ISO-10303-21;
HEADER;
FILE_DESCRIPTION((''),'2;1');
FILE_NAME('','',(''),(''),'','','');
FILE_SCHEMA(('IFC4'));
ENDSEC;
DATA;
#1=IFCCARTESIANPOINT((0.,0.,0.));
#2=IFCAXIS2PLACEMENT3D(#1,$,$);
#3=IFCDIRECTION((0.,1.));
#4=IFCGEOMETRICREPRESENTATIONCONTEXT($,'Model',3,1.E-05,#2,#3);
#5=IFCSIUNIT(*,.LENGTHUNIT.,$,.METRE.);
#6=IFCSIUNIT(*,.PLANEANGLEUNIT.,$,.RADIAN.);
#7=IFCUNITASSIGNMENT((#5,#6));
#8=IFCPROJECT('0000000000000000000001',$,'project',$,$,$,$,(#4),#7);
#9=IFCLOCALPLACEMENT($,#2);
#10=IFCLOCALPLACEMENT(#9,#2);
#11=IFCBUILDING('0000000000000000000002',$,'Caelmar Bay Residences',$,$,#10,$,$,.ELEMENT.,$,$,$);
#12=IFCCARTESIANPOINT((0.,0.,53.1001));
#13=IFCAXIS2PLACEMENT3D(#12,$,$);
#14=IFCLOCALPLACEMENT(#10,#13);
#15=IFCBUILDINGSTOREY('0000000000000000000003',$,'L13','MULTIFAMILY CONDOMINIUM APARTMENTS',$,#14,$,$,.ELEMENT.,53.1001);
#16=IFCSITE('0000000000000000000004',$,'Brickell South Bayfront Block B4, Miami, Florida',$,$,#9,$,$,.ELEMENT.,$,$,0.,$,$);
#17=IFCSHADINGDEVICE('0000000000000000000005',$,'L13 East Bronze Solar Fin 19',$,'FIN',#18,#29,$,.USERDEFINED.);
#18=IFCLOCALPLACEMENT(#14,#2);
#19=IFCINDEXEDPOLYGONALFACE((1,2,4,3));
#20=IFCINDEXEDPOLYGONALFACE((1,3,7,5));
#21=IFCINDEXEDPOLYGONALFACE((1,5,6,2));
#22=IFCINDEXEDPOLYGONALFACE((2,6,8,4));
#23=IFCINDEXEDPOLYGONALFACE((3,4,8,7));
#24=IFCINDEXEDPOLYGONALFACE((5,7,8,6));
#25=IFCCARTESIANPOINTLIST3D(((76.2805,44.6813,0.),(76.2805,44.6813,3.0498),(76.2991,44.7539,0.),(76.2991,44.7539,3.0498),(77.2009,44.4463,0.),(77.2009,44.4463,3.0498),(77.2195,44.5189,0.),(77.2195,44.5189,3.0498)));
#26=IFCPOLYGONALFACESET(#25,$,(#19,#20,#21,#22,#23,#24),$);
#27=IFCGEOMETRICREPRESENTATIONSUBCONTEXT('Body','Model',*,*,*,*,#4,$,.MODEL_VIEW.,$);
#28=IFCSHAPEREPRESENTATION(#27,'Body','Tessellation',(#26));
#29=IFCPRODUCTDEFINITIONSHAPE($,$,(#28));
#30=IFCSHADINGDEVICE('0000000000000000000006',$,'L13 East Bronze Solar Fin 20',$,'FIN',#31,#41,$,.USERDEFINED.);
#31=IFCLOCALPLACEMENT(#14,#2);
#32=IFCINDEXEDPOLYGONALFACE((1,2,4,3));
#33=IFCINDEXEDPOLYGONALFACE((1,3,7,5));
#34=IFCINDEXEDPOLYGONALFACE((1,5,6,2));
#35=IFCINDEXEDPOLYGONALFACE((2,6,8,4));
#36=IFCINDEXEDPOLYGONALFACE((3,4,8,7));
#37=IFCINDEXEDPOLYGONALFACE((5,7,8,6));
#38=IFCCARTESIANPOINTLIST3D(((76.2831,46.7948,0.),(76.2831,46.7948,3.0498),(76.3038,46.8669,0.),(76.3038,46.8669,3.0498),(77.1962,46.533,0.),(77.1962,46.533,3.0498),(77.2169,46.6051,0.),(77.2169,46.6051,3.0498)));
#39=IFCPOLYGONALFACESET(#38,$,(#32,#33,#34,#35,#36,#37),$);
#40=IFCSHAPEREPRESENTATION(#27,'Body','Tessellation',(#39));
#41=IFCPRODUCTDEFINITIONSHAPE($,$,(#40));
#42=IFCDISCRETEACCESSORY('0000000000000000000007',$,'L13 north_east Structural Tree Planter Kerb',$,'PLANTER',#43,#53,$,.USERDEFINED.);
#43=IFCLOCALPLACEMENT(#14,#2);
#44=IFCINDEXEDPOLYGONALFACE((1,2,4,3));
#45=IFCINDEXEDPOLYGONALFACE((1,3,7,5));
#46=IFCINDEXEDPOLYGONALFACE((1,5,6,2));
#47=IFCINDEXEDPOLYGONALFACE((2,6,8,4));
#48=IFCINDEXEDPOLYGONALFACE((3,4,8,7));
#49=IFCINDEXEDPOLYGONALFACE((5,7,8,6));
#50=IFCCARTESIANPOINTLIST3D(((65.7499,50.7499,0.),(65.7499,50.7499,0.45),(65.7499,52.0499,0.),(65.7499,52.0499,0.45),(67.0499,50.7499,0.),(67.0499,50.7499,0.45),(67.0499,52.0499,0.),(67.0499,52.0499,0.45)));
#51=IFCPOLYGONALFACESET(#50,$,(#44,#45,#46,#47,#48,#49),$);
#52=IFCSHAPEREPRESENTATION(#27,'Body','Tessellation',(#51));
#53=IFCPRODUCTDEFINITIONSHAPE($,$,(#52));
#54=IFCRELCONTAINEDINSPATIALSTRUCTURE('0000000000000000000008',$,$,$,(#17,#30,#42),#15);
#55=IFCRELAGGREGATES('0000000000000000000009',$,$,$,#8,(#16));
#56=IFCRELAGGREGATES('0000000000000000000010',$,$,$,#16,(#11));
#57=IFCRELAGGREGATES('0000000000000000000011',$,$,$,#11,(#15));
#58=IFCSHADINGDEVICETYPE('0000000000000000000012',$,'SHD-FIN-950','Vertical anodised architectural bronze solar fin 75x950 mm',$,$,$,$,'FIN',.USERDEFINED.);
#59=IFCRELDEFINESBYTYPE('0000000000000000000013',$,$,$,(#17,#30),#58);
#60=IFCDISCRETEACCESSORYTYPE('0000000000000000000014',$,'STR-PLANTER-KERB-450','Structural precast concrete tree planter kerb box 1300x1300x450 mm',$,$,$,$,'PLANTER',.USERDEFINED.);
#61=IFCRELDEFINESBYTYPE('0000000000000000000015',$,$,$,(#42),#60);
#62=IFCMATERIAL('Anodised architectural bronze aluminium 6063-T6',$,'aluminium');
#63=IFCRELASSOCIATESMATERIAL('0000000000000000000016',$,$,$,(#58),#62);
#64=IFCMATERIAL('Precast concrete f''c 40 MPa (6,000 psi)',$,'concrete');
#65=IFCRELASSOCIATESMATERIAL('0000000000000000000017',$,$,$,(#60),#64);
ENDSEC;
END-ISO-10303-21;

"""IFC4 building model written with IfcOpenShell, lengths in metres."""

from ifc_helpers import new_model, si_unit, direction, frame, origin, origin_2d, place, context, subcontext, project, spatial, rectangle, extrude, material, material_profile, profile_set, type_object, element, save


model = new_model("IFC4")

# Units and contexts
model_context = context("Model", 3, precision=1e-05, world=origin(), true_north=direction((0.0, 1.0)))
body_context = subcontext(model_context, "Body", "Model", "MODEL_VIEW")
ifc_project = project(units=[si_unit("LENGTHUNIT", "METRE"), si_unit("PLANEANGLEUNIT", "RADIAN")], contexts=[model_context])

# Site, building, storey
site_placement = place(None, origin())
site = spatial("IfcSite", under=ifc_project, at=site_placement, Name="Brickell South Bayfront Block B4, Miami, Florida", CompositionType="ELEMENT", RefElevation=0.0)
building_placement = place(site_placement, origin())
building = spatial("IfcBuilding", under=site, at=building_placement, Name="Caelmar Bay Residences", CompositionType="ELEMENT")
storey_placement = place(building_placement, frame((0.0, 0.0, 53.1001)))
storey = spatial("IfcBuildingStorey", under=building, at=storey_placement, Name="L13", Description="MULTIFAMILY CONDOMINIUM APARTMENTS", CompositionType="ELEMENT", Elevation=53.1001)

# Shared definitions
ifc_material_1 = material(Name="Precast concrete f'c 40 MPa (6,000 psi)", Category="concrete")

# Shading devices
ifc_material_2 = material(Name="Anodised architectural bronze aluminium 6063-T6", Category="aluminium")
ifc_material_profile_1 = material_profile(ifc_material_2, rectangle(XDim=0.075, YDim=0.95, at=origin_2d()), Name="BRONZE-FIN-75X950")
ifc_profile_set_1 = profile_set([ifc_material_profile_1], Name="Anodised architectural bronze aluminium 6063-T6")
shading_device_type = type_object("IfcShadingDeviceType", Name="SHD-FIN-950", Description="Vertical anodised architectural bronze solar fin 75x950 mm", ElementType="FIN", PredefinedType="USERDEFINED", material=ifc_profile_set_1)
for number, where, z_axis, x_axis, name in (
    (1, (76.75, 44.6001, 0.0), (0.0, 0.0, 1.0), (0.247337, 0.968929, 0.0), "L13 East Bronze Solar Fin 19"),
    (2, (76.75, 46.7, 0.0), (0.0, 0.0, 1.0), (0.275637, 0.961262, 0.0), "L13 East Bronze Solar Fin 20"),
):
    element("IfcShadingDevice", number, at=place(storey_placement, frame(where, z_axis=z_axis, x_axis=x_axis)), inside=storey, type_object=shading_device_type, Name=name, ObjectType="FIN", PredefinedType="USERDEFINED", context=body_context, shape_type="SweptSolid", body=[
        extrude(rectangle(XDim=0.075, YDim=0.95, at=origin_2d()), origin(), (0.0, 0.0, 1.0), 3.0498),
    ])

# Discrete accessory
discrete_accessory_type = type_object("IfcDiscreteAccessoryType", Name="STR-PLANTER-KERB-450", Description="Structural precast concrete tree planter kerb box 1300x1300x450 mm", ElementType="PLANTER", PredefinedType="USERDEFINED", material=ifc_material_1)
discrete_accessory_placement = place(storey_placement, frame((66.3999, 51.3999, 0.0), z_axis=(0.0, 0.0, 1.0), x_axis=(1.0, 0.0, 0.0)))
element("IfcDiscreteAccessory", 3, at=discrete_accessory_placement, inside=storey, type_object=discrete_accessory_type, Name="L13 north_east Structural Tree Planter Kerb", ObjectType="PLANTER", PredefinedType="USERDEFINED", context=body_context, shape_type="SweptSolid", body=[
    extrude(rectangle(XDim=1.3, YDim=1.3, at=origin_2d()), origin(), (0.0, 0.0, 1.0), 0.45),
])

save(model, "model.ifc")
